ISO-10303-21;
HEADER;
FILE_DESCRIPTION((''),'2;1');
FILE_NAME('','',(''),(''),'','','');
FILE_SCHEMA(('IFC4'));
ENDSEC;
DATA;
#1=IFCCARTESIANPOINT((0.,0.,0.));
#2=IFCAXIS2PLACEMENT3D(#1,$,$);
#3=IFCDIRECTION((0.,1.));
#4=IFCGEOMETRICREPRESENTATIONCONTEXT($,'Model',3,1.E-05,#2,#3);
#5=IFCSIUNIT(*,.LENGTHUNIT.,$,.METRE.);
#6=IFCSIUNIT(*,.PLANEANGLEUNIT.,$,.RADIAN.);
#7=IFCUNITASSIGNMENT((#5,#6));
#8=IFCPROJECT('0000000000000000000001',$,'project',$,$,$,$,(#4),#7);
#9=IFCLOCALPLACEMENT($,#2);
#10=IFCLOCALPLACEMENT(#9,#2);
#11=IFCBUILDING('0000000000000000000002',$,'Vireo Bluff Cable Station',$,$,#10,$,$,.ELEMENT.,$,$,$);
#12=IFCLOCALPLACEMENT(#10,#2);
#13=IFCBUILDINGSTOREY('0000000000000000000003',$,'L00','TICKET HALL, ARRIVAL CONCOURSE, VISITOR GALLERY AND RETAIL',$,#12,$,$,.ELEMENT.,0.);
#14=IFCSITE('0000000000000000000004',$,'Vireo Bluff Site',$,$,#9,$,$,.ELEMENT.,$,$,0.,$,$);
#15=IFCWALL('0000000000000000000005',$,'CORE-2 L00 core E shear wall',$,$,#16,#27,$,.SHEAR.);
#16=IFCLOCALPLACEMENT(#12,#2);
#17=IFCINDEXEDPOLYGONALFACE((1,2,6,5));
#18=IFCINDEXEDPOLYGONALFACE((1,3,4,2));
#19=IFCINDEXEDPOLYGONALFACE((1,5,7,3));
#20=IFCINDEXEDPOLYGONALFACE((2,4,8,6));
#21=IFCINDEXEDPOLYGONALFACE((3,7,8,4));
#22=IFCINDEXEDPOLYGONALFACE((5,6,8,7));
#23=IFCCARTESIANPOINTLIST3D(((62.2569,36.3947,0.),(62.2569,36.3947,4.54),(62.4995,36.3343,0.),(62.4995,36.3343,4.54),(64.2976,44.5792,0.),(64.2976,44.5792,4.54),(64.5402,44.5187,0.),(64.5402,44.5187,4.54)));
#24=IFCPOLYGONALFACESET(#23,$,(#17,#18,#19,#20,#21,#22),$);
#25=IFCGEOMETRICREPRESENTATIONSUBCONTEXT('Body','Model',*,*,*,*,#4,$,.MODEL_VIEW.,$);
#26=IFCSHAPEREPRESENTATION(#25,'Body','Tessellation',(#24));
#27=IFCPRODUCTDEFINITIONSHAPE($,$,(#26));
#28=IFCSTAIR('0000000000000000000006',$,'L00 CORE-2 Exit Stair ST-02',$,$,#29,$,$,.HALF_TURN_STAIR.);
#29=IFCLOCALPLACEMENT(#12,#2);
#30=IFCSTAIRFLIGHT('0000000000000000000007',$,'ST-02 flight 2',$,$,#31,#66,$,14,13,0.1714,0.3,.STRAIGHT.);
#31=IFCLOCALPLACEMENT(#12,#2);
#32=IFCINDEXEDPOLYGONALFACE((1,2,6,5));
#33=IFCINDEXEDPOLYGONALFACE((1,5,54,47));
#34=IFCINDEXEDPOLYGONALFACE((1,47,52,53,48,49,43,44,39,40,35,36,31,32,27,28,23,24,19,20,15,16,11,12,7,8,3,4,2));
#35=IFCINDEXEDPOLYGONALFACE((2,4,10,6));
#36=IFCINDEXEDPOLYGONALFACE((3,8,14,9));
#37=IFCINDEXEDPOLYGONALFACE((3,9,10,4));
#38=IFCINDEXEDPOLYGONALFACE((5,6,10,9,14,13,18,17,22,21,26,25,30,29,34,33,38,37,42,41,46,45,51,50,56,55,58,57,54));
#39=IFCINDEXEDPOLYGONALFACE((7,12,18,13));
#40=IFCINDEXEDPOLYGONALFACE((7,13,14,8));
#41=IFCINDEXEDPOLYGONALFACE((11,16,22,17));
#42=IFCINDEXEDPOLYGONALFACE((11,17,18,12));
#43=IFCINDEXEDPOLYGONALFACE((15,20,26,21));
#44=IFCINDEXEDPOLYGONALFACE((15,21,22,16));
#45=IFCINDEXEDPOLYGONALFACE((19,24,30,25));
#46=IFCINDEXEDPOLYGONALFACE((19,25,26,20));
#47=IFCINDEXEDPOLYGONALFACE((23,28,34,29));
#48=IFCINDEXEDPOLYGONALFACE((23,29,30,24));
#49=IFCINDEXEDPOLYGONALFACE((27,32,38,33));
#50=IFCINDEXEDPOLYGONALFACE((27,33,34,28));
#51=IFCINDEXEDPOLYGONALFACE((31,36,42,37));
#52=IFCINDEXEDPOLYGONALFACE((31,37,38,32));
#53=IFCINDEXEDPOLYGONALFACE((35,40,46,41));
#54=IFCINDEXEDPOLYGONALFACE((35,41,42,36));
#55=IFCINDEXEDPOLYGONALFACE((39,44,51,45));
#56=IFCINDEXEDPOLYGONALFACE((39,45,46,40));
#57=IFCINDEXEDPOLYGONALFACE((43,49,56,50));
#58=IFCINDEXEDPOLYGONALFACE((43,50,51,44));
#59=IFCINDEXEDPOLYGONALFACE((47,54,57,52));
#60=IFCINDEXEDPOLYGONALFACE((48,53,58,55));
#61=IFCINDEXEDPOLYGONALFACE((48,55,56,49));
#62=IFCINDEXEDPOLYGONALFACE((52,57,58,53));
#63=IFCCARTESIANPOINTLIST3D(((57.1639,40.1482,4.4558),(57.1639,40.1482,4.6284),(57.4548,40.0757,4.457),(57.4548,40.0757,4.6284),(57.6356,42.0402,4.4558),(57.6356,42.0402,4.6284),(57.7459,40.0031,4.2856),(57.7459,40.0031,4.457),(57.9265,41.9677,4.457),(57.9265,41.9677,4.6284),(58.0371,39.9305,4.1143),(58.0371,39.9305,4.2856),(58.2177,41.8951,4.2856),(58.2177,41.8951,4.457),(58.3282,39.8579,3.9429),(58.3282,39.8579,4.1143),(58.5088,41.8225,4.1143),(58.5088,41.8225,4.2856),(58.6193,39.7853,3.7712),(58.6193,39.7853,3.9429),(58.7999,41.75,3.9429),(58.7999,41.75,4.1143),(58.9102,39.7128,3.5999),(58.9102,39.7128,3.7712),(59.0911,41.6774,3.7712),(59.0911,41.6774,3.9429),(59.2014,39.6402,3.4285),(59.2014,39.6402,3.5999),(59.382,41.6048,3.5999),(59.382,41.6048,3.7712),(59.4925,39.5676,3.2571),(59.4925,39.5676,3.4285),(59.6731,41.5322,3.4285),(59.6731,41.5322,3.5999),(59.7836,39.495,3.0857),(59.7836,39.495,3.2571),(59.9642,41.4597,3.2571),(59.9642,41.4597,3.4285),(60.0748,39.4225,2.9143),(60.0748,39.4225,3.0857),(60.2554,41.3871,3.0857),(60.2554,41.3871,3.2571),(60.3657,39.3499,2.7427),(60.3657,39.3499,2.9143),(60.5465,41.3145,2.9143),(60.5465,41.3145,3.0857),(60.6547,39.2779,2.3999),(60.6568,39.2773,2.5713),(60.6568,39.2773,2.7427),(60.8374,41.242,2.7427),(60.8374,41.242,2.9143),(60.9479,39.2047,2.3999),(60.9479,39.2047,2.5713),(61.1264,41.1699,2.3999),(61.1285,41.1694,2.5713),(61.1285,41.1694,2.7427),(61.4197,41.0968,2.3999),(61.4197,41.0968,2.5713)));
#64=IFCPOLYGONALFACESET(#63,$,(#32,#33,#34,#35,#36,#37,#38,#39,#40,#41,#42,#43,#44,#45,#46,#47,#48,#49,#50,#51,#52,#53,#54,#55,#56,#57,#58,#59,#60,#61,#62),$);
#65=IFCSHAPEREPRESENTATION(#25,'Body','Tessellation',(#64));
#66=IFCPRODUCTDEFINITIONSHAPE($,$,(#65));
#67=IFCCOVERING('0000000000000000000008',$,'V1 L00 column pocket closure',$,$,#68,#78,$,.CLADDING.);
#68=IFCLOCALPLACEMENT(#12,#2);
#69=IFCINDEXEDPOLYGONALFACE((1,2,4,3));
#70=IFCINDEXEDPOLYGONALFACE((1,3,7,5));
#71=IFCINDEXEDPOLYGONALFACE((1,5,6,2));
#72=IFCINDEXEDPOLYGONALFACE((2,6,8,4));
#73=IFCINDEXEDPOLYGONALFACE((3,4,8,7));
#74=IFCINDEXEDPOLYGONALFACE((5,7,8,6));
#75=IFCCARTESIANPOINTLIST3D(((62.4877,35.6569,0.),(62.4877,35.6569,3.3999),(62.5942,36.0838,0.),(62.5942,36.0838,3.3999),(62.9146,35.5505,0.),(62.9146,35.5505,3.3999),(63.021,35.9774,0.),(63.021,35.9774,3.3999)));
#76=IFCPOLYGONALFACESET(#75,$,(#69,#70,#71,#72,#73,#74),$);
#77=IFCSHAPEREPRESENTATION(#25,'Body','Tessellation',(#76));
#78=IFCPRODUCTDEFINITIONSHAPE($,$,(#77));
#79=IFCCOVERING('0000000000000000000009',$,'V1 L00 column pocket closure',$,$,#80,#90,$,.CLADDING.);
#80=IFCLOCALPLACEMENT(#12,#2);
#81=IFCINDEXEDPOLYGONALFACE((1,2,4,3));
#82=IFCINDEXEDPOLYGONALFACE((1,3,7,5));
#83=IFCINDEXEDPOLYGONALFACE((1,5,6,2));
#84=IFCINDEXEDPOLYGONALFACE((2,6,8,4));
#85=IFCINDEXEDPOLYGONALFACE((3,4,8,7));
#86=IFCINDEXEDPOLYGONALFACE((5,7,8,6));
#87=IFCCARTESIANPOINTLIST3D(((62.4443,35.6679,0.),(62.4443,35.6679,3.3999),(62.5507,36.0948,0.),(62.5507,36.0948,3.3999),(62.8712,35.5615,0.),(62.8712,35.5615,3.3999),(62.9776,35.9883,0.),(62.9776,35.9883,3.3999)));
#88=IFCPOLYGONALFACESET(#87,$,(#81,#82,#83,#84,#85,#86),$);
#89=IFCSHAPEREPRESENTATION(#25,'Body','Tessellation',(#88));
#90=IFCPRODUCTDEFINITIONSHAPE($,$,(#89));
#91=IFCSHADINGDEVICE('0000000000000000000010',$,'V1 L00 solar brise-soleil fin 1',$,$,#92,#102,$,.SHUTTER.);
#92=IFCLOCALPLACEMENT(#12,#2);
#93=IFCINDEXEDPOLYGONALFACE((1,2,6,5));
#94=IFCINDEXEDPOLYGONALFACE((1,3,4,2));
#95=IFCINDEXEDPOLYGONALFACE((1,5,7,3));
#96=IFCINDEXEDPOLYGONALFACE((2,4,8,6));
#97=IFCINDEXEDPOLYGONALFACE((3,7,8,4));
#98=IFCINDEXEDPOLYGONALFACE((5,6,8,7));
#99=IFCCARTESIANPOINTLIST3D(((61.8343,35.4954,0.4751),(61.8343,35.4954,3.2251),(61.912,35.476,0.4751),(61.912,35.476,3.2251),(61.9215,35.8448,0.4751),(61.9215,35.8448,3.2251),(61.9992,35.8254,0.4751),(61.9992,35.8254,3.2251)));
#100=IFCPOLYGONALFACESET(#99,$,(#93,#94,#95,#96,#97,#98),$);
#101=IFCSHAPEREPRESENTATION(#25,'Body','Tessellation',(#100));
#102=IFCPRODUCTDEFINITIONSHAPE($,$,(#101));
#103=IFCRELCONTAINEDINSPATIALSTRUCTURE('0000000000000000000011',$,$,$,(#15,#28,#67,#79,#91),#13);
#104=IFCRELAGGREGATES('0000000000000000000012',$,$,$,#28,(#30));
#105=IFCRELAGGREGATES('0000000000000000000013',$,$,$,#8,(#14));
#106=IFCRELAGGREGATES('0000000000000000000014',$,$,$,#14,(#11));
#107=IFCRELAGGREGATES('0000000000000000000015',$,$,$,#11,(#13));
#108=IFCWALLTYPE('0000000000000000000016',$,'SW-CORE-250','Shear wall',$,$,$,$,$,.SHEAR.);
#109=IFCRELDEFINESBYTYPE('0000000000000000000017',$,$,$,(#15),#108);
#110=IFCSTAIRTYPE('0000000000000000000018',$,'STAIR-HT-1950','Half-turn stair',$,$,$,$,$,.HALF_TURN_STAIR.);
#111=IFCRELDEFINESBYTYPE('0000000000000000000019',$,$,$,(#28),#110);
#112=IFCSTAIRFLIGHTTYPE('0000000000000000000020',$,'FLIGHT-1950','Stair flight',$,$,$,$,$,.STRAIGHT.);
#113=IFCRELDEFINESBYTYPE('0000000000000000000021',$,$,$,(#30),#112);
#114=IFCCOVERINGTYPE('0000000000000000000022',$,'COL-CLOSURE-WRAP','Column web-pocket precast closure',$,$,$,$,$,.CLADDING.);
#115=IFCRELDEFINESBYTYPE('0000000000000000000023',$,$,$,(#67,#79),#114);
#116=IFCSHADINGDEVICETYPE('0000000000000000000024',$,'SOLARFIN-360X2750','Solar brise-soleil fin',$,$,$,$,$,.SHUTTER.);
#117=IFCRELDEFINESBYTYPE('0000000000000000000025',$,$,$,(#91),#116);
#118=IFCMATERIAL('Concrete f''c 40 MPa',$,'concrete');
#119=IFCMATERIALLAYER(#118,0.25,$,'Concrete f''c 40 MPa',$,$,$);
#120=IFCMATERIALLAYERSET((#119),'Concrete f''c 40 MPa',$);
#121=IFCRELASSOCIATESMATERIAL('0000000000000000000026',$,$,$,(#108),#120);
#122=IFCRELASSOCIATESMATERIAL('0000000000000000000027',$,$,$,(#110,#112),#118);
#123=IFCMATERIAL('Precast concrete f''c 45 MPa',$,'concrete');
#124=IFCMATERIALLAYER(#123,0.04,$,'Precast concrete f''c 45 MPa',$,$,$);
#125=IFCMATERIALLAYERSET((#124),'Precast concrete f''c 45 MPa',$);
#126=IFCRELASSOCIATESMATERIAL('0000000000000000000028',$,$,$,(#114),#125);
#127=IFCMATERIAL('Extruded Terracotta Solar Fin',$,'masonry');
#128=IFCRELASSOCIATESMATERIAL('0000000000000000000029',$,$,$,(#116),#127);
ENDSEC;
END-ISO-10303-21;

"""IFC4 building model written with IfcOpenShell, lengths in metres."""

from ifc_helpers import new_model, si_unit, direction, frame, frame_2d, origin, origin_2d, place, context, subcontext, project, spatial, polyline, rectangle, outline, extrude, material, layer, layer_set, type_object, element, aggregate, save


model = new_model("IFC4")

# Units and contexts
model_context = context("Model", 3, precision=1e-05, world=origin(), true_north=direction((0.0, 1.0)))
body_context = subcontext(model_context, "Body", "Model", "MODEL_VIEW")
ifc_project = project(units=[si_unit("LENGTHUNIT", "METRE"), si_unit("PLANEANGLEUNIT", "RADIAN")], contexts=[model_context])

# Site, building, storey
site_placement = place(None, origin())
site = spatial("IfcSite", under=ifc_project, at=site_placement, Name="Vireo Bluff Site", CompositionType="ELEMENT", RefElevation=0.0)
building_placement = place(site_placement, origin())
building = spatial("IfcBuilding", under=site, at=building_placement, Name="Vireo Bluff Cable Station", CompositionType="ELEMENT")
storey_placement = place(building_placement, origin())
storey = spatial("IfcBuildingStorey", under=building, at=storey_placement, Name="L00", Description="TICKET HALL, ARRIVAL CONCOURSE, VISITOR GALLERY AND RETAIL", CompositionType="ELEMENT", Elevation=0.0)

# Shared definitions
ifc_material_1 = material(Name="Concrete f'c 40 MPa", Category="concrete")

# Wall
ifc_material_2 = material(Name="Precast concrete f'c 45 MPa", Category="concrete")
ifc_layer_1 = layer(ifc_material_1, 0.25, Name="Concrete f'c 40 MPa")
ifc_layer_set_1 = layer_set([ifc_layer_1], Name="Concrete f'c 40 MPa")
wall_type_1 = type_object("IfcWallType", Name="SW-CORE-250", Description="Shear wall", PredefinedType="SHEAR", material=ifc_layer_set_1)
wall_1_placement = place(storey_placement, frame((62.3782, 36.3645, 0.0), z_axis=(0.0, 0.0, 1.0), x_axis=(0.241936, 0.970292, 0.0)))
element("IfcWall", 1, at=wall_1_placement, inside=storey, type_object=wall_type_1, Name="CORE-2 L00 core E shear wall", PredefinedType="SHEAR", context=body_context, shape_type="SweptSolid", body=[
    extrude(rectangle(XDim=8.4351, YDim=0.25, at=frame_2d((4.2175, 0.0))), origin(), (0.0, 0.0, 1.0), 4.54),
])

# Stair, stair flight
stair_type = type_object("IfcStairType", Name="STAIR-HT-1950", Description="Half-turn stair", PredefinedType="HALF_TURN_STAIR", material=ifc_material_1)
stair_placement = place(storey_placement, origin())
stair = element("IfcStair", 2, at=stair_placement, inside=storey, type_object=stair_type, Name="L00 CORE-2 Exit Stair ST-02", PredefinedType="HALF_TURN_STAIR")
stair_flight_type = type_object("IfcStairFlightType", Name="FLIGHT-1950", Description="Stair flight", PredefinedType="STRAIGHT", material=ifc_material_1)
stair_flight_placement = place(storey_placement, frame((61.1838, 40.1509, 2.3999), z_axis=(0.0, 0.0, 1.0), x_axis=(-0.970296, 0.241922, 0.0)))
stair_flight = element("IfcStairFlight", 3, at=stair_flight_placement, type_object=stair_flight_type, Name="ST-02 flight 2", NumberOfRisers=14, NumberOfTreads=13, PredefinedType="STRAIGHT", RiserHeight=0.1714, TreadLength=0.3, context=body_context, shape_type="SweptSolid", body=[
    extrude(outline(polyline([(0.0, 0.0), (0.0, 0.1714), (0.3, 0.1714), (0.3, 0.3428), (0.6001, 0.3428), (0.6001, 0.5144), (0.8999, 0.5144), (0.8999, 0.6858), (1.2, 0.6858), (1.2, 0.8572), (1.5, 0.8572), (1.5, 1.0286), (1.8, 1.0286), (1.8, 1.2), (2.1001, 1.2), (2.1001, 1.3713), (2.3999, 1.3713), (2.3999, 1.543), (2.7, 1.543), (2.7, 1.7144), (3.0, 1.7144), (3.0, 1.8857), (3.3, 1.8857), (3.3, 2.0571), (3.6001, 2.0571), (3.6001, 2.2285), (3.8999, 2.2285), (3.8999, 2.3999), (3.8999, 2.0559), (0.3022, 0.0), (0.0, 0.0)])), frame((0.0, 0.9751, 0.0), z_axis=(0.0, -1.0, 0.0), x_axis=(1.0, 0.0, 0.0)), (0.0, 0.0, 1.0), 1.95),
])
aggregate(stair, [stair_flight])

# Coverings
ifc_layer_2 = layer(ifc_material_2, 0.04, Name="Precast concrete f'c 45 MPa")
ifc_layer_set_2 = layer_set([ifc_layer_2], Name="Precast concrete f'c 45 MPa")
covering_type = type_object("IfcCoveringType", Name="COL-CLOSURE-WRAP", Description="Column web-pocket precast closure", PredefinedType="CLADDING", material=ifc_layer_set_2)
for number, where, z_axis, x_axis, name in (
    (4, (62.7544, 35.8171, 0.0), (0.0, 0.0, 1.0), (0.970296, -0.241922, 0.0), "V1 L00 column pocket closure"),
    (5, (62.7109, 35.8281, 0.0), (0.0, 0.0, 1.0), (0.970296, -0.241922, 0.0), "V1 L00 column pocket closure"),
):
    element("IfcCovering", number, at=place(storey_placement, frame(where, z_axis=z_axis, x_axis=x_axis)), inside=storey, type_object=covering_type, Name=name, PredefinedType="CLADDING", context=body_context, shape_type="SweptSolid", body=[
        extrude(rectangle(XDim=0.4399, YDim=0.4399, at=origin_2d()), origin(), (0.0, 0.0, 1.0), 3.3999),
    ])

# Shading device
ifc_material_3 = material(Name="Extruded Terracotta Solar Fin", Category="masonry")
shading_device_type = type_object("IfcShadingDeviceType", Name="SOLARFIN-360X2750", Description="Solar brise-soleil fin", PredefinedType="SHUTTER", material=ifc_material_3)
shading_device_placement = place(storey_placement, frame((61.9167, 35.6604, 0.4751), z_axis=(0.0, 0.0, 1.0), x_axis=(-0.970296, 0.241922, 0.0)))
element("IfcShadingDevice", 6, at=shading_device_placement, inside=storey, type_object=shading_device_type, Name="V1 L00 solar brise-soleil fin 1", PredefinedType="SHUTTER", context=body_context, shape_type="SweptSolid", body=[
    extrude(rectangle(XDim=0.0801, YDim=0.3601, at=origin_2d()), origin(), (0.0, 0.0, 1.0), 2.75),
])

save(model, "model.ifc")
